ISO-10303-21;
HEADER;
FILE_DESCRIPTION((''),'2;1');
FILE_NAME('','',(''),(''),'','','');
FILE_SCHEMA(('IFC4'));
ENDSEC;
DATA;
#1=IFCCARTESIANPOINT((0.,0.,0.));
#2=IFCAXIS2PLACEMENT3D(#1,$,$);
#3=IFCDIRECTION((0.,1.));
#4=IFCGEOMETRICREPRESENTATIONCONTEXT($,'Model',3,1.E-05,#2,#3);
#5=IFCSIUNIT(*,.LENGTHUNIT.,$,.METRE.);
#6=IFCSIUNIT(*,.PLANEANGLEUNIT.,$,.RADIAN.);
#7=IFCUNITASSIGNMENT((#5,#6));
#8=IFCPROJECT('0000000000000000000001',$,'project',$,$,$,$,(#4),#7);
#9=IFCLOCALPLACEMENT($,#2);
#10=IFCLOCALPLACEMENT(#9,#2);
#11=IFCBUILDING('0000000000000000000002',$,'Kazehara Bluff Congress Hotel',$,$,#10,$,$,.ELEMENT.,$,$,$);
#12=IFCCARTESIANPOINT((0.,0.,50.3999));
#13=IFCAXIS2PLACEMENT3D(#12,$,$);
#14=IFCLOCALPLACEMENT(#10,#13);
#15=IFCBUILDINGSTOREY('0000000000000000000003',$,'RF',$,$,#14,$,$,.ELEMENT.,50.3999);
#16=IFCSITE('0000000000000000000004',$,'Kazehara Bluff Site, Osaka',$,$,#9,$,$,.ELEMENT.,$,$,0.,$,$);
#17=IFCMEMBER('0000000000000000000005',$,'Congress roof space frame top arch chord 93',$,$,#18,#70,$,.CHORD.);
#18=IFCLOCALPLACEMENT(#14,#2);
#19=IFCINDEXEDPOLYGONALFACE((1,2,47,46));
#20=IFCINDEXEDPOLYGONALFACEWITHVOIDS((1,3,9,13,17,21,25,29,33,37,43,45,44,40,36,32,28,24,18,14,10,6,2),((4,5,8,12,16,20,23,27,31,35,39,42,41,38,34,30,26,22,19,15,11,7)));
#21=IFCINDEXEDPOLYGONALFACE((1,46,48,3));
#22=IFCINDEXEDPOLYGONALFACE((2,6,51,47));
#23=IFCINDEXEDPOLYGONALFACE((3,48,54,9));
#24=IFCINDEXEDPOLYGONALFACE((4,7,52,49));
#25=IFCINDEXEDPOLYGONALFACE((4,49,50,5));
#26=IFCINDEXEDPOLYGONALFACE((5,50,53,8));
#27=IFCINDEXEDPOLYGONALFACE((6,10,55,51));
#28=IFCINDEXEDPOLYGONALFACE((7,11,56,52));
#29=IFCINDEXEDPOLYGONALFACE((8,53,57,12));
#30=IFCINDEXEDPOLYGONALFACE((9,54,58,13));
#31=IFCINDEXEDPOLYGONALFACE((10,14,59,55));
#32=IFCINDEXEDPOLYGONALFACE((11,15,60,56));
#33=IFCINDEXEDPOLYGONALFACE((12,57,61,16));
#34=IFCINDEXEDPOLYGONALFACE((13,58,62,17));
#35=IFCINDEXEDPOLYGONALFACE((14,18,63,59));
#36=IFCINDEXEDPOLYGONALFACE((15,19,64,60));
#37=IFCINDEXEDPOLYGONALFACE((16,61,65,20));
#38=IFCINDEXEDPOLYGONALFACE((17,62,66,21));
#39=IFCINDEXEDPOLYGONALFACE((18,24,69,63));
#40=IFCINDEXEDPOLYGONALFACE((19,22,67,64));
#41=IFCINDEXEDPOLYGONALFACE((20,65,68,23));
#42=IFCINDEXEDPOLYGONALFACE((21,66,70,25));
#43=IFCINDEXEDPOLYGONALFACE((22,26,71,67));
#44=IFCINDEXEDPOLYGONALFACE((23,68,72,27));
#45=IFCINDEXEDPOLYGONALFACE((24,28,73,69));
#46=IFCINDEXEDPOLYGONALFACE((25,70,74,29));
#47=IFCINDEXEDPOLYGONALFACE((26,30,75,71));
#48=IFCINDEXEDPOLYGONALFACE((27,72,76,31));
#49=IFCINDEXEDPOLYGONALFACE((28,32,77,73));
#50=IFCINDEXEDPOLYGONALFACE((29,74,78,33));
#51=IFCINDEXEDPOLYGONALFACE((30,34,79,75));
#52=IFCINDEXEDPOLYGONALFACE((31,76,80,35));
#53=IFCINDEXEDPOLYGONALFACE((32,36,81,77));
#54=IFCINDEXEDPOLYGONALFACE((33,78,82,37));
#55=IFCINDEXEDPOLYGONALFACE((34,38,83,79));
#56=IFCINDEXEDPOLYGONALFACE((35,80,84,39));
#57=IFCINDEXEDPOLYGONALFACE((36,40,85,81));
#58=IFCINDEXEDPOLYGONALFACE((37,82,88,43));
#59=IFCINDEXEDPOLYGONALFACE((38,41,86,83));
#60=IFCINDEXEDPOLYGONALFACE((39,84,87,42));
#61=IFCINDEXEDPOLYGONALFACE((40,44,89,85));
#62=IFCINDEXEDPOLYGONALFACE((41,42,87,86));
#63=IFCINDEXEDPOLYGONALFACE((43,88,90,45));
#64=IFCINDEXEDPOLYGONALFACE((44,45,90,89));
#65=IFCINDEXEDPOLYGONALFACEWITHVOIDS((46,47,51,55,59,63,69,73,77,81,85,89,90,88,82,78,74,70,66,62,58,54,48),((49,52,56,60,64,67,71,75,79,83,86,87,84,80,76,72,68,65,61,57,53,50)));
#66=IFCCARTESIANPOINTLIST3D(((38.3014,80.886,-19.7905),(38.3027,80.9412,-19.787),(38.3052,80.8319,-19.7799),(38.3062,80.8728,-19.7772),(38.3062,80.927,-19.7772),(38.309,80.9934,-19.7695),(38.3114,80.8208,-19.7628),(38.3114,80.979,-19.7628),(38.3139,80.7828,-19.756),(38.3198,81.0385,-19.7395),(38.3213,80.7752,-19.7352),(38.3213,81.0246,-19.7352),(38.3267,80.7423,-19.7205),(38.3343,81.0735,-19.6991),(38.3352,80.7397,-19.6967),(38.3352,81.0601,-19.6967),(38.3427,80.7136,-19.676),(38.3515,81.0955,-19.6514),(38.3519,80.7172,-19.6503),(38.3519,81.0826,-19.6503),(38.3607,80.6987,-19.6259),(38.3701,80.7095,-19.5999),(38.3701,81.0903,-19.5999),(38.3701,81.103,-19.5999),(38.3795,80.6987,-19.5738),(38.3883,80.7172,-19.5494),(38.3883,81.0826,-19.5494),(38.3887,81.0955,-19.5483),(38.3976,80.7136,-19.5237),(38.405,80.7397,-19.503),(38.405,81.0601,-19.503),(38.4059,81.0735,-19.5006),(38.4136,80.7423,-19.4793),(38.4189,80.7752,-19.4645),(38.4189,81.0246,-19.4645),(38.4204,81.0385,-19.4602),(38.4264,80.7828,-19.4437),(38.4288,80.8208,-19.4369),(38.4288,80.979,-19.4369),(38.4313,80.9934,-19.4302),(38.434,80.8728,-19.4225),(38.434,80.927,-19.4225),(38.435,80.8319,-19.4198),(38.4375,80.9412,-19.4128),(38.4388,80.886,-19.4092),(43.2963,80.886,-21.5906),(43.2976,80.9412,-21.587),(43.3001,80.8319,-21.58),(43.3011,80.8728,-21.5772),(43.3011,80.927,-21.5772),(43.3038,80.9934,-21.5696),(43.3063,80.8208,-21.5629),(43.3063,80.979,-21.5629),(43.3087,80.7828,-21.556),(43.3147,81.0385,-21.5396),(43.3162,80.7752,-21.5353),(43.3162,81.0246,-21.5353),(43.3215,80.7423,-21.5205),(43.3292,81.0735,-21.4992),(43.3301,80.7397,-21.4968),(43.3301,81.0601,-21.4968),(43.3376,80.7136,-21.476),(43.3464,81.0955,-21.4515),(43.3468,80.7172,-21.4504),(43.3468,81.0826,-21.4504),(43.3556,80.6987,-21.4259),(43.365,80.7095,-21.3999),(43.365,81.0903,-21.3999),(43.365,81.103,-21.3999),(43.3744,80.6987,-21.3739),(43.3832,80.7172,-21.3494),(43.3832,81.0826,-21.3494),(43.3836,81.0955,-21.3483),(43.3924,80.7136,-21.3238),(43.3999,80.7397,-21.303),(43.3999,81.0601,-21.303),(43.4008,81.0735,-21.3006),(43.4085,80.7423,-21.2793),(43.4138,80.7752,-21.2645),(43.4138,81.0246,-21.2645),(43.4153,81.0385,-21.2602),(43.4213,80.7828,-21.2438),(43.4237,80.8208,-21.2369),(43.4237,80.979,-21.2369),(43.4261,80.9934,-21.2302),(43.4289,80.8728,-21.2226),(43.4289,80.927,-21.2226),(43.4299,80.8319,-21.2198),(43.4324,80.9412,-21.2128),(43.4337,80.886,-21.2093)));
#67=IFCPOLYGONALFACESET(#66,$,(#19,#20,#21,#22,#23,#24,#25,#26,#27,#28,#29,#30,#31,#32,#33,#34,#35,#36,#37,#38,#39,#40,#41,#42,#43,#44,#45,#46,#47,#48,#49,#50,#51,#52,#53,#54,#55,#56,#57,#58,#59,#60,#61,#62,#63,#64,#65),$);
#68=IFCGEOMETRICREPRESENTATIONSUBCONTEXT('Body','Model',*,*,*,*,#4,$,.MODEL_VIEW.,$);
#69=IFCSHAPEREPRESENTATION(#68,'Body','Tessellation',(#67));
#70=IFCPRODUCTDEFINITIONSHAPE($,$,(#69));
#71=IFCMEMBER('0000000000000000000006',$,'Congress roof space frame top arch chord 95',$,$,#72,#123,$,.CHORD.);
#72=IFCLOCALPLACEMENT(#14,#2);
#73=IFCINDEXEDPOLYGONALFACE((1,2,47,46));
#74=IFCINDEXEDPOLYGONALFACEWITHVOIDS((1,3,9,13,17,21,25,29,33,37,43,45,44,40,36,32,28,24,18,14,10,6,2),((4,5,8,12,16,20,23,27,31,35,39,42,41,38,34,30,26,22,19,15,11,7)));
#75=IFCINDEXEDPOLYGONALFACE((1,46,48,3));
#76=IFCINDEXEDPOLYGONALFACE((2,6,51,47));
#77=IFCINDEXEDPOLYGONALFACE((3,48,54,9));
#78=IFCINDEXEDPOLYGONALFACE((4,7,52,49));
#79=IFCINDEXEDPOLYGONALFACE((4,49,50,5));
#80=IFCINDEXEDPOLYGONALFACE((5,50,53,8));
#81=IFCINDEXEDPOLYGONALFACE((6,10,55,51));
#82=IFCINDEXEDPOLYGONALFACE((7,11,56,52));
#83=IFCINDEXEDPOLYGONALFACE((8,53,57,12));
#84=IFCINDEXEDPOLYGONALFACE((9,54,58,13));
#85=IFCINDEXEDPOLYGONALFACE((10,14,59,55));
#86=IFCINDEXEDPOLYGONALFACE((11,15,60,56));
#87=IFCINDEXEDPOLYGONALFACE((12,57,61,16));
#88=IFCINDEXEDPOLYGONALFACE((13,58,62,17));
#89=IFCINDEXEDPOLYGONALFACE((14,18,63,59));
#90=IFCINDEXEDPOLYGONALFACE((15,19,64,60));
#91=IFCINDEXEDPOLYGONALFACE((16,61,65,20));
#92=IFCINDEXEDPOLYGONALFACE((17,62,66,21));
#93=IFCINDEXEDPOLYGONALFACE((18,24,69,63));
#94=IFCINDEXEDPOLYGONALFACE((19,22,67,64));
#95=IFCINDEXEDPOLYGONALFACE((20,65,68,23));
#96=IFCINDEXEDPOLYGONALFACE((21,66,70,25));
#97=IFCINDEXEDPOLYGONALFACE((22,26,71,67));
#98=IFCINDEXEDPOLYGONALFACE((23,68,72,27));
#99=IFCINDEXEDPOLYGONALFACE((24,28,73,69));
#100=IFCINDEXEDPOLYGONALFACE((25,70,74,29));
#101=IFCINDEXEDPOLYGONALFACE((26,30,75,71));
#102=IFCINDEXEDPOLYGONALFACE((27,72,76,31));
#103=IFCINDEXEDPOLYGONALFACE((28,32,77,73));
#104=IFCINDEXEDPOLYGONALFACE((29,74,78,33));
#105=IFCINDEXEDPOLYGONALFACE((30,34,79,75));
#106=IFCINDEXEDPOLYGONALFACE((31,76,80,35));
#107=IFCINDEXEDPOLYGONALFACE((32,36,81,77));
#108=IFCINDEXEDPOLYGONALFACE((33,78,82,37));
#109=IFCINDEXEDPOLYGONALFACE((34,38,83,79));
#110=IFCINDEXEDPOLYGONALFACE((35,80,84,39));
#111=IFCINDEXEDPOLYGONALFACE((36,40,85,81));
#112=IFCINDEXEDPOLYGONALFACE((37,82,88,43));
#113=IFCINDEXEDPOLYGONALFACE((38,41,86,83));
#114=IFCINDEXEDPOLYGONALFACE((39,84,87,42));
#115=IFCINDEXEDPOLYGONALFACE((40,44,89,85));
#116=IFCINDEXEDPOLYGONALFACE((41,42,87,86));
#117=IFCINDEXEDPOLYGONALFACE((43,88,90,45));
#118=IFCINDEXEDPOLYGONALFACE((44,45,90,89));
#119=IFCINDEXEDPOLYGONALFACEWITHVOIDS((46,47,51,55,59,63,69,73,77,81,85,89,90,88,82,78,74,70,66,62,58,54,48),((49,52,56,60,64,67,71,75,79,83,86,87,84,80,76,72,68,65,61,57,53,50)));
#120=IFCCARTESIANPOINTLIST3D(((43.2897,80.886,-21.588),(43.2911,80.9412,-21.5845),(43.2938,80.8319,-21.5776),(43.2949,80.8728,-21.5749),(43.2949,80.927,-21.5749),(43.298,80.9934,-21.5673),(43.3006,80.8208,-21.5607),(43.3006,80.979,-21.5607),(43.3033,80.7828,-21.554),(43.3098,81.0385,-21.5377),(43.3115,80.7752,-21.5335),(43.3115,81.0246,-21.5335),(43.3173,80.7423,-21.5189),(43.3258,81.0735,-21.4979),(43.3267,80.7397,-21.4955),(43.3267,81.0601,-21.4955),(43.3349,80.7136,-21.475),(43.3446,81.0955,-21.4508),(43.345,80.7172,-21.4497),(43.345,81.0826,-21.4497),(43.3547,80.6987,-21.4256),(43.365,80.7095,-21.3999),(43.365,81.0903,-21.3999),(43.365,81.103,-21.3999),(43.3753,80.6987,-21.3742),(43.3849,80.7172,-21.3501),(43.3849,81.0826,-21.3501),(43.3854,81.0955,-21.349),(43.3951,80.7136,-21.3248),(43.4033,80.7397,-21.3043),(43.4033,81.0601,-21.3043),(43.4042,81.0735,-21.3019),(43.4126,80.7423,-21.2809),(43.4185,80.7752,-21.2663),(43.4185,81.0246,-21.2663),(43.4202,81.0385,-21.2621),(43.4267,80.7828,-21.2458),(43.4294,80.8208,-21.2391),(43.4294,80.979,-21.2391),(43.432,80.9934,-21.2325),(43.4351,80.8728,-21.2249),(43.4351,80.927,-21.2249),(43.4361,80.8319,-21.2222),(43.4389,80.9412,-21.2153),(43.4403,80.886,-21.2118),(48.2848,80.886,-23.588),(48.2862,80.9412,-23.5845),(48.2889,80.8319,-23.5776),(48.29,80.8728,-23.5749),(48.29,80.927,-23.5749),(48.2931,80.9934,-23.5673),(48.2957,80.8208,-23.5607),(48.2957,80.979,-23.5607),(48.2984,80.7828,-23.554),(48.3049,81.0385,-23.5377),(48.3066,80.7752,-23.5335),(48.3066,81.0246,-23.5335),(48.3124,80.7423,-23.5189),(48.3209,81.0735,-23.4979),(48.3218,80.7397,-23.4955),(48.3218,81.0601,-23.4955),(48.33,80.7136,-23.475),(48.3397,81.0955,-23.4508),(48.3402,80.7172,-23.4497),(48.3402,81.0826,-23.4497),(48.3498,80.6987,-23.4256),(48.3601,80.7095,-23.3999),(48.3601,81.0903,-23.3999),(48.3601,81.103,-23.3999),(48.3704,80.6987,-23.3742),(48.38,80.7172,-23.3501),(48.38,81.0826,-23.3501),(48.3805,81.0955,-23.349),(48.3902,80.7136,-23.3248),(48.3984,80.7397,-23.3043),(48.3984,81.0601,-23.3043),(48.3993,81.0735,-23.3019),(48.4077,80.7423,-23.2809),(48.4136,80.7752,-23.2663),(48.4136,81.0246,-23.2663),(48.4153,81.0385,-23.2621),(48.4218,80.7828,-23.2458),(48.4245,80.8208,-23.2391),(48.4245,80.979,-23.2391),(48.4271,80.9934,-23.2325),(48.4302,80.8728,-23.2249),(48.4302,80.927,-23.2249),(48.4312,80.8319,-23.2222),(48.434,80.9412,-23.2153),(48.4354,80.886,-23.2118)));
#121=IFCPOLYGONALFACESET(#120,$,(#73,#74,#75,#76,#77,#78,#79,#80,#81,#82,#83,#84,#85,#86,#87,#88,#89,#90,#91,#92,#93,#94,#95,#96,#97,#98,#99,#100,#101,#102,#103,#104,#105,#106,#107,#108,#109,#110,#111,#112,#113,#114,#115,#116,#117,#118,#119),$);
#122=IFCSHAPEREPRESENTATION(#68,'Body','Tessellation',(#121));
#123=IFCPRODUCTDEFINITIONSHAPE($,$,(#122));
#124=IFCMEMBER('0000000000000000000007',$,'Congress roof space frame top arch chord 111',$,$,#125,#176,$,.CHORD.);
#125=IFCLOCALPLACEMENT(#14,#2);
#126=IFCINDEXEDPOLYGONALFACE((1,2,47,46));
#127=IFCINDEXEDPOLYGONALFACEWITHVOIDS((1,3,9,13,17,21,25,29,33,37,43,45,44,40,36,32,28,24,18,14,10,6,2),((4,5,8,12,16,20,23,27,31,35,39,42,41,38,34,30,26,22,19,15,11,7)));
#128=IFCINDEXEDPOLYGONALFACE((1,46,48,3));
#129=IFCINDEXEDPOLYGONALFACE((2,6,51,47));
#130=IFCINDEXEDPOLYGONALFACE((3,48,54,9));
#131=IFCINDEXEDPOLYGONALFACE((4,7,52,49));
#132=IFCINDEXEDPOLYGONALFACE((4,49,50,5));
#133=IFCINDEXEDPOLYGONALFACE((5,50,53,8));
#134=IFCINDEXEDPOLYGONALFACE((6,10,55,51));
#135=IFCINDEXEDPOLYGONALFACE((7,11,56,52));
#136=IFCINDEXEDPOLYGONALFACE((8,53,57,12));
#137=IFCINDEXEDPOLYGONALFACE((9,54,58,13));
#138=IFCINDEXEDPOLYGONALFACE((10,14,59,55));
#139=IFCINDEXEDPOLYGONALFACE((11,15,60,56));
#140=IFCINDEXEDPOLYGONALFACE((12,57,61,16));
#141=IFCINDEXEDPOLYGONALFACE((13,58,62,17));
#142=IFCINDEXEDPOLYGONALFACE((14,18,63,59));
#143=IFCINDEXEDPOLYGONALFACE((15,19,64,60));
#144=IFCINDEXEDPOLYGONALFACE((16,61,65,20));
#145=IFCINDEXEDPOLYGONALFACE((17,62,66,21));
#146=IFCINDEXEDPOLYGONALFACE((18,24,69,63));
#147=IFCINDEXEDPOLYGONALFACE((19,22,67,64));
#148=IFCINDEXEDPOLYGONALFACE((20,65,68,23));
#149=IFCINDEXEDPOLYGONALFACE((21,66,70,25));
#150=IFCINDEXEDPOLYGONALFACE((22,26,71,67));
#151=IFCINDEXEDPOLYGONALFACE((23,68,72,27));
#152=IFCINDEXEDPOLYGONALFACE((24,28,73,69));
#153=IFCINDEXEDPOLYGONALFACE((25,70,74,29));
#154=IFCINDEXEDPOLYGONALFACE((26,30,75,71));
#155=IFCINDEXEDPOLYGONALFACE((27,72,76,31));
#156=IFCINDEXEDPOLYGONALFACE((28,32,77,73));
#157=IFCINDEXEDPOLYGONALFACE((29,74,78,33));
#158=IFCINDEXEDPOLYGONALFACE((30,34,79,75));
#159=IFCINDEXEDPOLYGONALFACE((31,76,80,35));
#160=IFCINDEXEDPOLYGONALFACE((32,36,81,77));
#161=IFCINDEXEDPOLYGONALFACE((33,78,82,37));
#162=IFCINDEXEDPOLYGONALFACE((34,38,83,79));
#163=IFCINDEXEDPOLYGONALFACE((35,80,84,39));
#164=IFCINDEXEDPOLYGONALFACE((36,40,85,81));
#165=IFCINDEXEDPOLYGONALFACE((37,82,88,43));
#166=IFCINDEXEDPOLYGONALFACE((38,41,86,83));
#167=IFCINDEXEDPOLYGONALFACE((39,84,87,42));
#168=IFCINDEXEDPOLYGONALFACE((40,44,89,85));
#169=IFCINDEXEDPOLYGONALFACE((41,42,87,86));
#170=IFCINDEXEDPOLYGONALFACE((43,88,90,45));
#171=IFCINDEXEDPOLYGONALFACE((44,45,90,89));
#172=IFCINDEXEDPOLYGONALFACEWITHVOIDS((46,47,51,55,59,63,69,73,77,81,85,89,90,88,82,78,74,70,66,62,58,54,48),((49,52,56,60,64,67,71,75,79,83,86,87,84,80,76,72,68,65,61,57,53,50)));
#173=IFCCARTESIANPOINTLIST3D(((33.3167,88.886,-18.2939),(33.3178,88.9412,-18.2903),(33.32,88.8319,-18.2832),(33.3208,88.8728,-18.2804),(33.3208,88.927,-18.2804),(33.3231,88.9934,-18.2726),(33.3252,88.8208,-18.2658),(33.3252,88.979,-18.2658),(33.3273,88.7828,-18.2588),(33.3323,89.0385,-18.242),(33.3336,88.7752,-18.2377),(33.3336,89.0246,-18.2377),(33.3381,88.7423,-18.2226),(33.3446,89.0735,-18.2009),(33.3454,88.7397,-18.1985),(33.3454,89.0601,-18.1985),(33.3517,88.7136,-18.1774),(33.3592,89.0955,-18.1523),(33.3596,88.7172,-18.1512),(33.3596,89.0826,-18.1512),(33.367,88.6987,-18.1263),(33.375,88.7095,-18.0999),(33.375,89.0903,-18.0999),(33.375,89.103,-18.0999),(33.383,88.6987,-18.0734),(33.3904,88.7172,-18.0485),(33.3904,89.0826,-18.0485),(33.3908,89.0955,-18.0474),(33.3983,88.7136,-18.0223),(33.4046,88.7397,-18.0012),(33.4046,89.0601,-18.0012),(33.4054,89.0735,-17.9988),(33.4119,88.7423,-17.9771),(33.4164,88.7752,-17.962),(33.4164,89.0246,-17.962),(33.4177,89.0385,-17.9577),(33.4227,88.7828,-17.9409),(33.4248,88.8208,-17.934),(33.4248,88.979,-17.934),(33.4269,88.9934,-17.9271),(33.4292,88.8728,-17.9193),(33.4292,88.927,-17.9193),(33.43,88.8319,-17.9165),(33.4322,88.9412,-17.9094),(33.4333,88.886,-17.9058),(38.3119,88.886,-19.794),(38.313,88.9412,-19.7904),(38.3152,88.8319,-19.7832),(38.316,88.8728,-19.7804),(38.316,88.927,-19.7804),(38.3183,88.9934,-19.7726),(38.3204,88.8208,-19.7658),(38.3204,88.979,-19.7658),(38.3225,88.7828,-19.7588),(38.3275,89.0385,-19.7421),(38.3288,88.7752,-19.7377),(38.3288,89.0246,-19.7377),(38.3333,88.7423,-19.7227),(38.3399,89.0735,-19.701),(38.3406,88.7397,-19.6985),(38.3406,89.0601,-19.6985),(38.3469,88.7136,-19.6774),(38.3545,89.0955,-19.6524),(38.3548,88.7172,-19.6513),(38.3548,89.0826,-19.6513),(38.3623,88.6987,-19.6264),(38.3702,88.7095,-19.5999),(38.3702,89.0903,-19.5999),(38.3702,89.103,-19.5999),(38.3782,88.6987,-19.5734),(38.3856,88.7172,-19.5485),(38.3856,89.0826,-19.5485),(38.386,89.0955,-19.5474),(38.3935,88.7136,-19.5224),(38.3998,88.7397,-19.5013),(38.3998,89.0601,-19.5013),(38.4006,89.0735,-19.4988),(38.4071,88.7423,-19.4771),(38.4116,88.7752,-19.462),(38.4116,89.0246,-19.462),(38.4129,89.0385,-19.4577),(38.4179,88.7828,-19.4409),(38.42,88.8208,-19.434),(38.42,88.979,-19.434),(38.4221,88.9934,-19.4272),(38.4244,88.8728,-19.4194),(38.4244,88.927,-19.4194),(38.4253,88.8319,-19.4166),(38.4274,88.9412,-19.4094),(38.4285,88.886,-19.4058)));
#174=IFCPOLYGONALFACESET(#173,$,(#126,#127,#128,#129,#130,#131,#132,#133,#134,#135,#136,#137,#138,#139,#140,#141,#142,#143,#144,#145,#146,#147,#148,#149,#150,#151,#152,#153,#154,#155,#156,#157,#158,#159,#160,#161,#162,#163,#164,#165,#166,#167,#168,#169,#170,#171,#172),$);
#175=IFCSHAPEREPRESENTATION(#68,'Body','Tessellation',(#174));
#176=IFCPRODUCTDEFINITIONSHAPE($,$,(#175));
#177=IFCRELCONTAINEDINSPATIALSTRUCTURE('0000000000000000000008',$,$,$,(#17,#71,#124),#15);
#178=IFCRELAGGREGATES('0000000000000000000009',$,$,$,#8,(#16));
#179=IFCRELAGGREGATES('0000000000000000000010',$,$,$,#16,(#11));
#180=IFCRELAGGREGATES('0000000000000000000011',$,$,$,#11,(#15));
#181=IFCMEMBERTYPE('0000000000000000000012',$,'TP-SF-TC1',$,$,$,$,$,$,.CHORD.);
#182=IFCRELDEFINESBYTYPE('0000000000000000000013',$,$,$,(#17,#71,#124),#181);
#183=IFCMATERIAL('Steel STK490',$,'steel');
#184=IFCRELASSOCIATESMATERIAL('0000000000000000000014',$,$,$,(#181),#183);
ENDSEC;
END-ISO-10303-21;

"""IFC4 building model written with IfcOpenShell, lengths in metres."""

from ifc_helpers import new_model, si_unit, direction, frame, origin, origin_2d, place, context, subcontext, project, spatial, hollow_circle, extrude, material, material_profile, profile_set, type_object, element, save


model = new_model("IFC4")

# Units and contexts
model_context = context("Model", 3, precision=1e-05, world=origin(), true_north=direction((0.0, 1.0)))
body_context = subcontext(model_context, "Body", "Model", "MODEL_VIEW")
ifc_project = project(units=[si_unit("LENGTHUNIT", "METRE"), si_unit("PLANEANGLEUNIT", "RADIAN")], contexts=[model_context])

# Site, building, storey
site_placement = place(None, origin())
site = spatial("IfcSite", under=ifc_project, at=site_placement, Name="Kazehara Bluff Site, Osaka", CompositionType="ELEMENT", RefElevation=0.0)
building_placement = place(site_placement, origin())
building = spatial("IfcBuilding", under=site, at=building_placement, Name="Kazehara Bluff Congress Hotel", CompositionType="ELEMENT")
storey_placement = place(building_placement, frame((0.0, 0.0, 50.3999)))
storey = spatial("IfcBuildingStorey", under=building, at=storey_placement, Name="RF", CompositionType="ELEMENT", Elevation=50.3999)

# Members
ifc_material_1 = material(Name="Steel STK490", Category="steel")
ifc_material_profile_1 = material_profile(ifc_material_1, hollow_circle(Radius=0.2031, WallThickness=0.0127, at=origin_2d()))
ifc_profile_set_1 = profile_set([ifc_material_profile_1], Name="Steel STK490")
member_type_1 = type_object("IfcMemberType", Name="TP-SF-TC1", PredefinedType="CHORD", material=ifc_profile_set_1)
member_1_placement = place(storey_placement, frame((38.3701, 80.8999, -19.5999), z_axis=(0.940774, 0.0, -0.339035), x_axis=(0.0, 1.0, 0.0)))
element("IfcMember", 1, at=member_1_placement, inside=storey, type_object=member_type_1, Name="Congress roof space frame top arch chord 93", PredefinedType="CHORD", context=body_context, shape_type="SweptSolid", body=[
    extrude(hollow_circle(Radius=0.2031, WallThickness=0.0127, at=origin_2d()), origin(), (0.0, 0.0, 1.0), 5.3093),
])
member_2_placement = place(storey_placement, frame((43.365, 80.8999, -21.3999), z_axis=(0.928351, 0.0, -0.371704), x_axis=(0.0, 1.0, 0.0)))
element("IfcMember", 2, at=member_2_placement, inside=storey, type_object=member_type_1, Name="Congress roof space frame top arch chord 95", PredefinedType="CHORD", context=body_context, shape_type="SweptSolid", body=[
    extrude(hollow_circle(Radius=0.2031, WallThickness=0.0127, at=origin_2d()), origin(), (0.0, 0.0, 1.0), 5.3806),
])
member_3_placement = place(storey_placement, frame((33.375, 88.8999, -18.0999), z_axis=(0.957749, 0.0, -0.287606), x_axis=(0.0, 1.0, 0.0)))
element("IfcMember", 3, at=member_3_placement, inside=storey, type_object=member_type_1, Name="Congress roof space frame top arch chord 111", PredefinedType="CHORD", context=body_context, shape_type="SweptSolid", body=[
    extrude(hollow_circle(Radius=0.2031, WallThickness=0.0127, at=origin_2d()), origin(), (0.0, 0.0, 1.0), 5.2156),
])

save(model, "model.ifc")
